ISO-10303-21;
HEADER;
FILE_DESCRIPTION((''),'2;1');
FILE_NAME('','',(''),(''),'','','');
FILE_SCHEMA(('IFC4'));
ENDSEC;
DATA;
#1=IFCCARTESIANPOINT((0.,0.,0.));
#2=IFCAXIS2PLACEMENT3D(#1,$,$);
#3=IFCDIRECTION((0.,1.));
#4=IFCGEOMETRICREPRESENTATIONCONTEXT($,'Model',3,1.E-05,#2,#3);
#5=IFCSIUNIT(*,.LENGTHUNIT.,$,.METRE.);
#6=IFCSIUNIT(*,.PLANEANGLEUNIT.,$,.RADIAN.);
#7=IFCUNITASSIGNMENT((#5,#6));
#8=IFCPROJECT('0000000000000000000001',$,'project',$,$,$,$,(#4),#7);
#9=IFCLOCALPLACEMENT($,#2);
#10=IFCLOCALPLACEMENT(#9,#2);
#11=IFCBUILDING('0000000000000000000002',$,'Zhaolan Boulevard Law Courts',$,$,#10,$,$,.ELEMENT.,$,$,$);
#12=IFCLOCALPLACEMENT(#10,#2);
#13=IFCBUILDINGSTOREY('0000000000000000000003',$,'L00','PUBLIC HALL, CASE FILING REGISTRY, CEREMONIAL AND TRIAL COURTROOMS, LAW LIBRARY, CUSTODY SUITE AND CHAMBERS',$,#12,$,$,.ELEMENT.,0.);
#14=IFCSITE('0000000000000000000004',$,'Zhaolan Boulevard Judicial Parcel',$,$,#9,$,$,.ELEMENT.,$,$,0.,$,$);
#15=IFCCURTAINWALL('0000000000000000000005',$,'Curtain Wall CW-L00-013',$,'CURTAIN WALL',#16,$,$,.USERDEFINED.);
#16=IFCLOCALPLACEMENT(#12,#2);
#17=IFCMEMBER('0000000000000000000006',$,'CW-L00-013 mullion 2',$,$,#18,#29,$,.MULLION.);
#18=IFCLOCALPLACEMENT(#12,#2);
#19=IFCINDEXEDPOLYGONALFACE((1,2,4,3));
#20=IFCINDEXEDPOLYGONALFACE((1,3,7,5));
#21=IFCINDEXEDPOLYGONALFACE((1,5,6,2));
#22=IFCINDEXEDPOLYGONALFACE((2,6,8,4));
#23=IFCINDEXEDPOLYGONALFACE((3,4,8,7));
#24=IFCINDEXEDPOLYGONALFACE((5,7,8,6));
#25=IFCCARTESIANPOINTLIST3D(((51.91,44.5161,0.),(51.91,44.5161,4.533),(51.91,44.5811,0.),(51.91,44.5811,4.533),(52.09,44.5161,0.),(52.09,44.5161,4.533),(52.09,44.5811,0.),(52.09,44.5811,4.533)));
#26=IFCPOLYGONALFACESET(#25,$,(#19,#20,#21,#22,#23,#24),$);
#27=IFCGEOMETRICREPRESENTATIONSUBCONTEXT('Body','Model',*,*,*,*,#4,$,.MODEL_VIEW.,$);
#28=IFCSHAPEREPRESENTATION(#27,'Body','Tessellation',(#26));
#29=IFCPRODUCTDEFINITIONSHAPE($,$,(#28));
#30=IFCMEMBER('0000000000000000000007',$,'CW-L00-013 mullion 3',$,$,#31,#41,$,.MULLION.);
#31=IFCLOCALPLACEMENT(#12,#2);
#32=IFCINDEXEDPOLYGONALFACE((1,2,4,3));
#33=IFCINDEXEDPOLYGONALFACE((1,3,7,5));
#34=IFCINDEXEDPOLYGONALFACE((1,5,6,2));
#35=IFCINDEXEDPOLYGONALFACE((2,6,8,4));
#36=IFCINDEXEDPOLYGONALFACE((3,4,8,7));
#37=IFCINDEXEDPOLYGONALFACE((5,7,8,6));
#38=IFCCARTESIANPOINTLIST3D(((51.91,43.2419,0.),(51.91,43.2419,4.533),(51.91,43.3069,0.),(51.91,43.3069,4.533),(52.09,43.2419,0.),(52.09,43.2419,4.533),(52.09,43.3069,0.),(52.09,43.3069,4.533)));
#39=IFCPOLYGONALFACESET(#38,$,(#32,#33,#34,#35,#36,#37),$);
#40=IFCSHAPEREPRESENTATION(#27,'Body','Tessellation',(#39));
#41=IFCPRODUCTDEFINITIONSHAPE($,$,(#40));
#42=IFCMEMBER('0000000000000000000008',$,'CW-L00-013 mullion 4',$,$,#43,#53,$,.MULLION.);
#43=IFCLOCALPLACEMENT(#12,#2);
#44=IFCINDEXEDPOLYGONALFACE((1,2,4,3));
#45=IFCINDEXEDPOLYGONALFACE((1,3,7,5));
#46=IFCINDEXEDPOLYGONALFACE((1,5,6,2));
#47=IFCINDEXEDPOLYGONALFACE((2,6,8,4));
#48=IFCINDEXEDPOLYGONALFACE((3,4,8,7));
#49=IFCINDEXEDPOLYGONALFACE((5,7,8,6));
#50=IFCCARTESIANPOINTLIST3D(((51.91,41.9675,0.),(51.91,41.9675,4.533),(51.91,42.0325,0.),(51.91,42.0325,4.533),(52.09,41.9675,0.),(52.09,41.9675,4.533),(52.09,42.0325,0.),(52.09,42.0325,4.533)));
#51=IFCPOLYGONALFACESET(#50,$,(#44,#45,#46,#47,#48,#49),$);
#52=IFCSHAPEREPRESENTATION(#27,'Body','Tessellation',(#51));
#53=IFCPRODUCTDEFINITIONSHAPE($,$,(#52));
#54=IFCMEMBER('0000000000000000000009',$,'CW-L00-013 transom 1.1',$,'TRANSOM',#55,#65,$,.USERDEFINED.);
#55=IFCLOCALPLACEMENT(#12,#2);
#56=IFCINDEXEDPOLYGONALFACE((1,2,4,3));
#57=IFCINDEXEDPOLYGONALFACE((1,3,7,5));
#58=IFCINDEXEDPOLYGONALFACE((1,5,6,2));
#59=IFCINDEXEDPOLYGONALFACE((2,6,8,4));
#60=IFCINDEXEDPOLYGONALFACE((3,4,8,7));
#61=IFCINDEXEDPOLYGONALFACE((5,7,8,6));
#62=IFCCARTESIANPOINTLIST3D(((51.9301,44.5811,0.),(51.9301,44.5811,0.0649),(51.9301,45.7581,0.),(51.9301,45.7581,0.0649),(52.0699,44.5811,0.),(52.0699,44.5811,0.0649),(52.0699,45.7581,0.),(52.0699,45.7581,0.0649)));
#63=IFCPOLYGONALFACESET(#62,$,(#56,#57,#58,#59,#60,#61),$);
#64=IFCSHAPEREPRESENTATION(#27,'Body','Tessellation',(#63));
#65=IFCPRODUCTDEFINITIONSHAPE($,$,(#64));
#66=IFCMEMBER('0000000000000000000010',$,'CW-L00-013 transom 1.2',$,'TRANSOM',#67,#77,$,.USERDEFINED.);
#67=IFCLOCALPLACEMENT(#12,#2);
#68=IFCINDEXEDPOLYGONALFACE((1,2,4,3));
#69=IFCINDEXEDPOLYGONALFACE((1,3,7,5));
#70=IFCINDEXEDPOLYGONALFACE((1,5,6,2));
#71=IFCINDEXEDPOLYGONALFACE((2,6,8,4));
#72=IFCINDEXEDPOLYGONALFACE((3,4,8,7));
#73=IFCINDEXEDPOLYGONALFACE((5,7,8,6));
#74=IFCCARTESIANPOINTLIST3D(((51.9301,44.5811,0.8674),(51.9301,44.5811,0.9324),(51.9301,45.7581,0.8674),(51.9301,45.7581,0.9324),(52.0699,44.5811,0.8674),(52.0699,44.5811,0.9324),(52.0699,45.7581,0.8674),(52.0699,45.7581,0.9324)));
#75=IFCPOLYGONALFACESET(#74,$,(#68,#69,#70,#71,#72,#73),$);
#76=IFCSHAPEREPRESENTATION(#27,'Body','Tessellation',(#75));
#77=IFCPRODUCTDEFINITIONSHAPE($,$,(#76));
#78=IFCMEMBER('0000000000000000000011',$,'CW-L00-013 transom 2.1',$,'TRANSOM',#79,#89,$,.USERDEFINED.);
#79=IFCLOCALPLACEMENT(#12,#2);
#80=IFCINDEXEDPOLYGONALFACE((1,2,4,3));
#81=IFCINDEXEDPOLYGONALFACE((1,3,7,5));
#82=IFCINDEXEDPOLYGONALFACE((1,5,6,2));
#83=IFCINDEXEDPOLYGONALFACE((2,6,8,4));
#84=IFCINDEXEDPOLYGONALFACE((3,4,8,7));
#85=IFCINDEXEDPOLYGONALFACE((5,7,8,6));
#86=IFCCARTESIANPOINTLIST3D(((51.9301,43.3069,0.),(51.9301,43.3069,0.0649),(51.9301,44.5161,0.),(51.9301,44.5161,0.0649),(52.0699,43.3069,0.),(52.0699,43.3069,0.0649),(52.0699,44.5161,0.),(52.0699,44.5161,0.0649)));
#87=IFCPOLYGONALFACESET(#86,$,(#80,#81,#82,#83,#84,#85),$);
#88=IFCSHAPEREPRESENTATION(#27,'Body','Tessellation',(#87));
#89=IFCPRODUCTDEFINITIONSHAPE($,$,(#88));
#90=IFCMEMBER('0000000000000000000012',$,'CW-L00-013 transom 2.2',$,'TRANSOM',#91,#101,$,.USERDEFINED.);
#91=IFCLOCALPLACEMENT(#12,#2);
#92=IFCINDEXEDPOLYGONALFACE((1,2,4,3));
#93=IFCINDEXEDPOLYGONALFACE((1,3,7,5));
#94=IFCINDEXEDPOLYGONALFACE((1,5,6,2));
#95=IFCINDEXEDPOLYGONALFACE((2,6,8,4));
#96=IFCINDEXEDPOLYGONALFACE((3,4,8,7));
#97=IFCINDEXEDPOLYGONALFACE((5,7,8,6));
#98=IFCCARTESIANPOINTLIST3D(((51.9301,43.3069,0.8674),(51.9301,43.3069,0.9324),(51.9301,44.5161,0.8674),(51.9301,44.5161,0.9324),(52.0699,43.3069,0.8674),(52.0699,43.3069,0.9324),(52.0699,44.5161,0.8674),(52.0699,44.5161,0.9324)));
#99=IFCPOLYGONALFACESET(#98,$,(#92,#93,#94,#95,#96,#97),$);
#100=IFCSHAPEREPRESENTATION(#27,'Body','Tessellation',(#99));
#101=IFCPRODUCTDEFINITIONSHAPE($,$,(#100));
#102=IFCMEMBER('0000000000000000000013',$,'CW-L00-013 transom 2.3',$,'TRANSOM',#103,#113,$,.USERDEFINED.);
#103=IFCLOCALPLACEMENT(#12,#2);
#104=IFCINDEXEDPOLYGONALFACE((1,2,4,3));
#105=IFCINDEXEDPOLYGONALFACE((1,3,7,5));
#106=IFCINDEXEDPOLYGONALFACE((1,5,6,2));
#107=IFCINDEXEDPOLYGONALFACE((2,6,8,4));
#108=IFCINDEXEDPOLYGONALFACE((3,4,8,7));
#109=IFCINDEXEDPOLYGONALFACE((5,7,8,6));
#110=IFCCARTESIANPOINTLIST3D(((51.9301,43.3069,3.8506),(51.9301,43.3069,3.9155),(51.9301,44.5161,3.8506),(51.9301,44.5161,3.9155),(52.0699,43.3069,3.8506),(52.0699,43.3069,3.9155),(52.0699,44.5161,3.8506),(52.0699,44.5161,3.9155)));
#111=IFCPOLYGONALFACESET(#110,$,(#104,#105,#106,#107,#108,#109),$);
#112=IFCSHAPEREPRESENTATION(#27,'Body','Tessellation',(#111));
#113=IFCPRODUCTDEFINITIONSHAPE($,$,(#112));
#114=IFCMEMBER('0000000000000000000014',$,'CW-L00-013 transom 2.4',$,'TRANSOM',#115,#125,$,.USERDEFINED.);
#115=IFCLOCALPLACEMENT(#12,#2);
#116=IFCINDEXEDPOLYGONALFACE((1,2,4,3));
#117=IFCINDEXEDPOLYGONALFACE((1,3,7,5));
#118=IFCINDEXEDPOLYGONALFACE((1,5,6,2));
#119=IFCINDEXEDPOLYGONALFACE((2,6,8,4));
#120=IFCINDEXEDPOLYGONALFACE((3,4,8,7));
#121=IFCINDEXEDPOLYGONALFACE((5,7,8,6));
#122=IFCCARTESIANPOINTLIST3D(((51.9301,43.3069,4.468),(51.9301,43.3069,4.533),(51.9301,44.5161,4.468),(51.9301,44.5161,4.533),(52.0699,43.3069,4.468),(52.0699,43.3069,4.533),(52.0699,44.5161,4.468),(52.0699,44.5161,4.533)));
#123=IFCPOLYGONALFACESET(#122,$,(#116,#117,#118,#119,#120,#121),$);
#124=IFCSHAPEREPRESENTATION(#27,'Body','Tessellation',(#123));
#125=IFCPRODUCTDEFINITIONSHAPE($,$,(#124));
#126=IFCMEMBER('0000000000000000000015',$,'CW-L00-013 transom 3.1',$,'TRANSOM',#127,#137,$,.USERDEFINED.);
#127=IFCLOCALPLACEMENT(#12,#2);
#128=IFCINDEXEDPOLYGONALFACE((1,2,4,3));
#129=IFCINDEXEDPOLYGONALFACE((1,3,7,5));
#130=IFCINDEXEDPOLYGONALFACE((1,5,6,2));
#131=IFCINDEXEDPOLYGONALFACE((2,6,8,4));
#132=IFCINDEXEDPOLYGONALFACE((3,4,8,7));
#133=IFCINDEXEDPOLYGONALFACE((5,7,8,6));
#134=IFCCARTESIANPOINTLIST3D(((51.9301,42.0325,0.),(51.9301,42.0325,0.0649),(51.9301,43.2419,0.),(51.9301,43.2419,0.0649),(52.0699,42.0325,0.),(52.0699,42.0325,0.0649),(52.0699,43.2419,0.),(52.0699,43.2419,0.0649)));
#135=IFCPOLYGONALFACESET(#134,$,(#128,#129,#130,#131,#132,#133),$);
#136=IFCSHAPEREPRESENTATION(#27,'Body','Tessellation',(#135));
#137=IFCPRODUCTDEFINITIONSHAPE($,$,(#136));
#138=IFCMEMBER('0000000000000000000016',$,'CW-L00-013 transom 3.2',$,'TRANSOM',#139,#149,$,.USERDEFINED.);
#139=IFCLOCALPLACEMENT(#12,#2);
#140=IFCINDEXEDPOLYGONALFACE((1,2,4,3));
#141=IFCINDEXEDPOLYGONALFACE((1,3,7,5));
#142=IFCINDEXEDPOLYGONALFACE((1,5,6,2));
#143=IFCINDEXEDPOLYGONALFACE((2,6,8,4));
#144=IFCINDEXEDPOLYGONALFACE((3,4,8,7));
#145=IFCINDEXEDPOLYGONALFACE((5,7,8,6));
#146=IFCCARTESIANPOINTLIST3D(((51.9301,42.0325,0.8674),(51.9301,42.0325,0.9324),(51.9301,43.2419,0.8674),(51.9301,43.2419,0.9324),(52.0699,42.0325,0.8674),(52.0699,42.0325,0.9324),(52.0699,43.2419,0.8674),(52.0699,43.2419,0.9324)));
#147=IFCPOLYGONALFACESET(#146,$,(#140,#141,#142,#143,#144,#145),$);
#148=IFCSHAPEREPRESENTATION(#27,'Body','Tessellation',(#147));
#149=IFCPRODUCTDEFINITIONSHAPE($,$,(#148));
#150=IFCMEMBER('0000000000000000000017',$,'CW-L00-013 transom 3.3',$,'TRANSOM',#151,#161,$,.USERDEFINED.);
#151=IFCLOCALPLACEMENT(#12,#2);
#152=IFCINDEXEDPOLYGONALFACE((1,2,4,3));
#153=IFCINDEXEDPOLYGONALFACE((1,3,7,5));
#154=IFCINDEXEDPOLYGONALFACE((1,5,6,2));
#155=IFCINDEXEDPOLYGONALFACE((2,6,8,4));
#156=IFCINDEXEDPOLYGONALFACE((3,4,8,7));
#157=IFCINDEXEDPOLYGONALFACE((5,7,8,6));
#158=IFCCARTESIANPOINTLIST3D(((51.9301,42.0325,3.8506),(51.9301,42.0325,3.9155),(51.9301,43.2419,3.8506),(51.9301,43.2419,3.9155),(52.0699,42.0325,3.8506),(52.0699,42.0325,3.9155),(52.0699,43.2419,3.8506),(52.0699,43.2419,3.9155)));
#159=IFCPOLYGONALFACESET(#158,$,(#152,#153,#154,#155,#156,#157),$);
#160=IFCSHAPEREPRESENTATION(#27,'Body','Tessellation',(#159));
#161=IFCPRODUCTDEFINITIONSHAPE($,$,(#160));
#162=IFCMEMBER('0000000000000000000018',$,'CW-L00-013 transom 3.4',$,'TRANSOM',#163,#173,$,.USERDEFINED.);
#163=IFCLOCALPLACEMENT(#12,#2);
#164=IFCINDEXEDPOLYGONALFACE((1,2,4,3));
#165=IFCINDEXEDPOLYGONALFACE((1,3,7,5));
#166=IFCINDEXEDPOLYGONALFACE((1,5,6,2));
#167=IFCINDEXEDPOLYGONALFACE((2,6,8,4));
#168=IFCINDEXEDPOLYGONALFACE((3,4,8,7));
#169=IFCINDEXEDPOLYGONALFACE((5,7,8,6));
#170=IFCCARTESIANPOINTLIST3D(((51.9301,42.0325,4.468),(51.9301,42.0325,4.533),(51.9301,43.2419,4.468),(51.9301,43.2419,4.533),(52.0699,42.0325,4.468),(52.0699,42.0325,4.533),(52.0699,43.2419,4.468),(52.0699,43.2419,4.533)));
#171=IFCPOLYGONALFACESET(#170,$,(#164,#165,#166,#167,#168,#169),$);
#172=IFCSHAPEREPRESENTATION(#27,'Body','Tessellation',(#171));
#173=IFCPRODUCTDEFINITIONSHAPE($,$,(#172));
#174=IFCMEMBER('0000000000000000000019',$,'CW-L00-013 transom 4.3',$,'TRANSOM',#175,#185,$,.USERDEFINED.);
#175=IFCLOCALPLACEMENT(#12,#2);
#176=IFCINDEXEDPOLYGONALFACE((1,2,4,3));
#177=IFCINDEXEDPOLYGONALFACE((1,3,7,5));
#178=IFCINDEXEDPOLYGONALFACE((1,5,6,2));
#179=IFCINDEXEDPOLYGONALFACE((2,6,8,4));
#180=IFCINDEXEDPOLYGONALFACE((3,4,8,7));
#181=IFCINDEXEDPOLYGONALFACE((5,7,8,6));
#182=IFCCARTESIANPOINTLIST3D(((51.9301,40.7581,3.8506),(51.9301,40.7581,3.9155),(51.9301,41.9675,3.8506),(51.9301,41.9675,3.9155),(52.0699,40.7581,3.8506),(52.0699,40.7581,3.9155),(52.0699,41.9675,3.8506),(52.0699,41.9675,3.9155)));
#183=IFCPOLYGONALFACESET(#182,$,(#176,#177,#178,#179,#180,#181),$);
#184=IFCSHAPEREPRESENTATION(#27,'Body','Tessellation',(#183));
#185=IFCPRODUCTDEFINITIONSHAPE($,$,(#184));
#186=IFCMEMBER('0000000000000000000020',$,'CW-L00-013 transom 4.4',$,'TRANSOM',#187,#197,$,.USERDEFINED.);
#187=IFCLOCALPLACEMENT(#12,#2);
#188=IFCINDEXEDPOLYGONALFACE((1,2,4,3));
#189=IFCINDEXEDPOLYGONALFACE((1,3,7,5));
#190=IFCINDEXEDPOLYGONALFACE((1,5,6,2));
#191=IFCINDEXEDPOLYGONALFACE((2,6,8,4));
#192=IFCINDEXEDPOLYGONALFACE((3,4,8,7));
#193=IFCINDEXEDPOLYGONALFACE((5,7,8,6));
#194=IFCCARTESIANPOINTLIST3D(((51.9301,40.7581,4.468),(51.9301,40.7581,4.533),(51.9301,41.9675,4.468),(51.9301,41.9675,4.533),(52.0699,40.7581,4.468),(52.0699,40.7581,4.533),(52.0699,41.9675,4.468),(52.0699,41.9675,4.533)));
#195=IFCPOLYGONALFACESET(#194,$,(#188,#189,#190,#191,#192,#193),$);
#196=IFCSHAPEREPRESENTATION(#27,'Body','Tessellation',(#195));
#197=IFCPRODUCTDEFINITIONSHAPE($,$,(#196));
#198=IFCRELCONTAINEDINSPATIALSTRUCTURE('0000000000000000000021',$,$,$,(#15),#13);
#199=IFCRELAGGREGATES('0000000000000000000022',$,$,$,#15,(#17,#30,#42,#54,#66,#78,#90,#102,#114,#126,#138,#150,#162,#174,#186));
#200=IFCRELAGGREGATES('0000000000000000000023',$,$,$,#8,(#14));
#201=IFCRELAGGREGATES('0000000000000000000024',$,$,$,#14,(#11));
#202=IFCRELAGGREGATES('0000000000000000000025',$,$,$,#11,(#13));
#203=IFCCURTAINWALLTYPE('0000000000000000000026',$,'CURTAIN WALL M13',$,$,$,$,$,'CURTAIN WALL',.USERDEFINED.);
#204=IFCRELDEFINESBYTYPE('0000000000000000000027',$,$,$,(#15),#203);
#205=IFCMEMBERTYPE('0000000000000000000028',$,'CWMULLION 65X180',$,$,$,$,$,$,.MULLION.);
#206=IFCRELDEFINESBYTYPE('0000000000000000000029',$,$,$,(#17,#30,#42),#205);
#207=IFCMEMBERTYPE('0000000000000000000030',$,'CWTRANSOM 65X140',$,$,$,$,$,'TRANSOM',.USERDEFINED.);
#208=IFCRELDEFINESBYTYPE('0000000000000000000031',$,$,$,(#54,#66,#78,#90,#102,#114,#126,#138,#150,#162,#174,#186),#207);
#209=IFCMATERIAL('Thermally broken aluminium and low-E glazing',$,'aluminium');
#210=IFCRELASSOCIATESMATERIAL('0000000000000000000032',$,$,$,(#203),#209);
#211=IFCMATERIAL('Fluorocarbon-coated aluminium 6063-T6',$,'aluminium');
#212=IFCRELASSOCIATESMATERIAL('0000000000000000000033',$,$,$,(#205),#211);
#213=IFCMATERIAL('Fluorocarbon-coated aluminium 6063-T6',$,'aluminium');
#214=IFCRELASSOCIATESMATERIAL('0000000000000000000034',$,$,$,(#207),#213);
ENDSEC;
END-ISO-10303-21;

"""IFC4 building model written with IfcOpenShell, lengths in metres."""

from ifc_helpers import new_model, si_unit, direction, frame, origin, origin_2d, place, context, subcontext, project, spatial, rectangle, extrude, material, material_profile, profile_set, type_object, element, aggregate, save


model = new_model("IFC4")

# Units and contexts
model_context = context("Model", 3, precision=1e-05, world=origin(), true_north=direction((0.0, 1.0)))
body_context = subcontext(model_context, "Body", "Model", "MODEL_VIEW")
ifc_project = project(units=[si_unit("LENGTHUNIT", "METRE"), si_unit("PLANEANGLEUNIT", "RADIAN")], contexts=[model_context])

# Site, building, storey
site_placement = place(None, origin())
site = spatial("IfcSite", under=ifc_project, at=site_placement, Name="Zhaolan Boulevard Judicial Parcel", CompositionType="ELEMENT", RefElevation=0.0)
building_placement = place(site_placement, origin())
building = spatial("IfcBuilding", under=site, at=building_placement, Name="Zhaolan Boulevard Law Courts", CompositionType="ELEMENT")
storey_placement = place(building_placement, origin())
storey = spatial("IfcBuildingStorey", under=building, at=storey_placement, Name="L00", Description="PUBLIC HALL, CASE FILING REGISTRY, CEREMONIAL AND TRIAL COURTROOMS, LAW LIBRARY, CUSTODY SUITE AND CHAMBERS", CompositionType="ELEMENT", Elevation=0.0)

# Curtain wall, members
ifc_material_1 = material(Name="Thermally broken aluminium and low-E glazing", Category="aluminium")
curtain_wall_type = type_object("IfcCurtainWallType", Name="CURTAIN WALL M13", ElementType="CURTAIN WALL", PredefinedType="USERDEFINED", material=ifc_material_1)
curtain_wall_placement = place(storey_placement, origin())
curtain_wall = element("IfcCurtainWall", 1, at=curtain_wall_placement, inside=storey, type_object=curtain_wall_type, Name="Curtain Wall CW-L00-013", ObjectType="CURTAIN WALL", PredefinedType="USERDEFINED")
ifc_material_2 = material(Name="Fluorocarbon-coated aluminium 6063-T6", Category="aluminium")
ifc_material_profile_1 = material_profile(ifc_material_2, rectangle(XDim=0.1799, YDim=0.0649, at=origin_2d()), Name="AL65x180")
ifc_profile_set_1 = profile_set([ifc_material_profile_1], Name="Fluorocarbon-coated aluminium 6063-T6")
member_type_1 = type_object("IfcMemberType", Name="CWMULLION 65X180", PredefinedType="MULLION", material=ifc_profile_set_1)
member_1_placement = place(storey_placement, frame((52.0, 44.5486, 0.0), z_axis=(0.0, 0.0, 1.0), x_axis=(1.0, 0.0, 0.0)))
member_1 = element("IfcMember", 2, at=member_1_placement, type_object=member_type_1, Name="CW-L00-013 mullion 2", PredefinedType="MULLION", context=body_context, shape_type="SweptSolid", body=[
    extrude(rectangle(XDim=0.1799, YDim=0.0649, at=origin_2d()), origin(), (0.0, 0.0, 1.0), 4.533),
])
member_2_placement = place(storey_placement, frame((52.0, 43.2744, 0.0), z_axis=(0.0, 0.0, 1.0), x_axis=(1.0, 0.0, 0.0)))
member_2 = element("IfcMember", 3, at=member_2_placement, type_object=member_type_1, Name="CW-L00-013 mullion 3", PredefinedType="MULLION", context=body_context, shape_type="SweptSolid", body=[
    extrude(rectangle(XDim=0.1799, YDim=0.0649, at=origin_2d()), origin(), (0.0, 0.0, 1.0), 4.533),
])
member_3_placement = place(storey_placement, frame((52.0, 42.0, 0.0), z_axis=(0.0, 0.0, 1.0), x_axis=(1.0, 0.0, 0.0)))
member_3 = element("IfcMember", 4, at=member_3_placement, type_object=member_type_1, Name="CW-L00-013 mullion 4", PredefinedType="MULLION", context=body_context, shape_type="SweptSolid", body=[
    extrude(rectangle(XDim=0.1799, YDim=0.0649, at=origin_2d()), origin(), (0.0, 0.0, 1.0), 4.533),
])
ifc_material_3 = material(Name="Fluorocarbon-coated aluminium 6063-T6", Category="aluminium")
ifc_material_profile_2 = material_profile(ifc_material_3, rectangle(XDim=0.1399, YDim=0.0649, at=origin_2d()), Name="AL65x140")
ifc_profile_set_2 = profile_set([ifc_material_profile_2], Name="Fluorocarbon-coated aluminium 6063-T6")
member_type_2 = type_object("IfcMemberType", Name="CWTRANSOM 65X140", ElementType="TRANSOM", PredefinedType="USERDEFINED", material=ifc_profile_set_2)
member_4_placement = place(storey_placement, frame((52.0, 45.7581, 0.0325), z_axis=(0.0, -1.0, 0.0), x_axis=(1.0, 0.0, 0.0)))
member_4 = element("IfcMember", 5, at=member_4_placement, type_object=member_type_2, Name="CW-L00-013 transom 1.1", ObjectType="TRANSOM", PredefinedType="USERDEFINED", context=body_context, shape_type="SweptSolid", body=[
    extrude(rectangle(XDim=0.1399, YDim=0.0649, at=origin_2d()), origin(), (0.0, 0.0, 1.0), 1.177),
])
member_5_placement = place(storey_placement, frame((52.0, 45.7581, 0.8999), z_axis=(0.0, -1.0, 0.0), x_axis=(1.0, 0.0, 0.0)))
member_5 = element("IfcMember", 6, at=member_5_placement, type_object=member_type_2, Name="CW-L00-013 transom 1.2", ObjectType="TRANSOM", PredefinedType="USERDEFINED", context=body_context, shape_type="SweptSolid", body=[
    extrude(rectangle(XDim=0.1399, YDim=0.0649, at=origin_2d()), origin(), (0.0, 0.0, 1.0), 1.177),
])
member_6_placement = place(storey_placement, frame((52.0, 44.5161, 0.0325), z_axis=(0.0, -1.0, 0.0), x_axis=(1.0, 0.0, 0.0)))
member_6 = element("IfcMember", 7, at=member_6_placement, type_object=member_type_2, Name="CW-L00-013 transom 2.1", ObjectType="TRANSOM", PredefinedType="USERDEFINED", context=body_context, shape_type="SweptSolid", body=[
    extrude(rectangle(XDim=0.1399, YDim=0.0649, at=origin_2d()), origin(), (0.0, 0.0, 1.0), 1.2092),
])
member_7_placement = place(storey_placement, frame((52.0, 44.5161, 0.8999), z_axis=(0.0, -1.0, 0.0), x_axis=(1.0, 0.0, 0.0)))
member_7 = element("IfcMember", 8, at=member_7_placement, type_object=member_type_2, Name="CW-L00-013 transom 2.2", ObjectType="TRANSOM", PredefinedType="USERDEFINED", context=body_context, shape_type="SweptSolid", body=[
    extrude(rectangle(XDim=0.1399, YDim=0.0649, at=origin_2d()), origin(), (0.0, 0.0, 1.0), 1.2092),
])
member_8_placement = place(storey_placement, frame((52.0, 44.5161, 3.8831), z_axis=(0.0, -1.0, 0.0), x_axis=(1.0, 0.0, 0.0)))
member_8 = element("IfcMember", 9, at=member_8_placement, type_object=member_type_2, Name="CW-L00-013 transom 2.3", ObjectType="TRANSOM", PredefinedType="USERDEFINED", context=body_context, shape_type="SweptSolid", body=[
    extrude(rectangle(XDim=0.1399, YDim=0.0649, at=origin_2d()), origin(), (0.0, 0.0, 1.0), 1.2092),
])
member_9_placement = place(storey_placement, frame((52.0, 44.5161, 4.5005), z_axis=(0.0, -1.0, 0.0), x_axis=(1.0, 0.0, 0.0)))
member_9 = element("IfcMember", 10, at=member_9_placement, type_object=member_type_2, Name="CW-L00-013 transom 2.4", ObjectType="TRANSOM", PredefinedType="USERDEFINED", context=body_context, shape_type="SweptSolid", body=[
    extrude(rectangle(XDim=0.1399, YDim=0.0649, at=origin_2d()), origin(), (0.0, 0.0, 1.0), 1.2092),
])
member_10_placement = place(storey_placement, frame((52.0, 43.2419, 0.0325), z_axis=(0.0, -1.0, 0.0), x_axis=(1.0, 0.0, 0.0)))
member_10 = element("IfcMember", 11, at=member_10_placement, type_object=member_type_2, Name="CW-L00-013 transom 3.1", ObjectType="TRANSOM", PredefinedType="USERDEFINED", context=body_context, shape_type="SweptSolid", body=[
    extrude(rectangle(XDim=0.1399, YDim=0.0649, at=origin_2d()), origin(), (0.0, 0.0, 1.0), 1.2095),
])
member_11_placement = place(storey_placement, frame((52.0, 43.2419, 0.8999), z_axis=(0.0, -1.0, 0.0), x_axis=(1.0, 0.0, 0.0)))
member_11 = element("IfcMember", 12, at=member_11_placement, type_object=member_type_2, Name="CW-L00-013 transom 3.2", ObjectType="TRANSOM", PredefinedType="USERDEFINED", context=body_context, shape_type="SweptSolid", body=[
    extrude(rectangle(XDim=0.1399, YDim=0.0649, at=origin_2d()), origin(), (0.0, 0.0, 1.0), 1.2095),
])
member_12_placement = place(storey_placement, frame((52.0, 43.2419, 3.8831), z_axis=(0.0, -1.0, 0.0), x_axis=(1.0, 0.0, 0.0)))
member_12 = element("IfcMember", 13, at=member_12_placement, type_object=member_type_2, Name="CW-L00-013 transom 3.3", ObjectType="TRANSOM", PredefinedType="USERDEFINED", context=body_context, shape_type="SweptSolid", body=[
    extrude(rectangle(XDim=0.1399, YDim=0.0649, at=origin_2d()), origin(), (0.0, 0.0, 1.0), 1.2095),
])
member_13_placement = place(storey_placement, frame((52.0, 43.2419, 4.5005), z_axis=(0.0, -1.0, 0.0), x_axis=(1.0, 0.0, 0.0)))
member_13 = element("IfcMember", 14, at=member_13_placement, type_object=member_type_2, Name="CW-L00-013 transom 3.4", ObjectType="TRANSOM", PredefinedType="USERDEFINED", context=body_context, shape_type="SweptSolid", body=[
    extrude(rectangle(XDim=0.1399, YDim=0.0649, at=origin_2d()), origin(), (0.0, 0.0, 1.0), 1.2095),
])
member_14_placement = place(storey_placement, frame((52.0, 41.9675, 3.8831), z_axis=(0.0, -1.0, 0.0), x_axis=(1.0, 0.0, 0.0)))
member_14 = element("IfcMember", 15, at=member_14_placement, type_object=member_type_2, Name="CW-L00-013 transom 4.3", ObjectType="TRANSOM", PredefinedType="USERDEFINED", context=body_context, shape_type="SweptSolid", body=[
    extrude(rectangle(XDim=0.1399, YDim=0.0649, at=origin_2d()), origin(), (0.0, 0.0, 1.0), 1.2095),
])
member_15_placement = place(storey_placement, frame((52.0, 41.9675, 4.5005), z_axis=(0.0, -1.0, 0.0), x_axis=(1.0, 0.0, 0.0)))
member_15 = element("IfcMember", 16, at=member_15_placement, type_object=member_type_2, Name="CW-L00-013 transom 4.4", ObjectType="TRANSOM", PredefinedType="USERDEFINED", context=body_context, shape_type="SweptSolid", body=[
    extrude(rectangle(XDim=0.1399, YDim=0.0649, at=origin_2d()), origin(), (0.0, 0.0, 1.0), 1.2095),
])
aggregate(curtain_wall, [member_1, member_2, member_3, member_4, member_5, member_6, member_7, member_8, member_9, member_10, member_11, member_12, member_13, member_14, member_15])

save(model, "model.ifc")
